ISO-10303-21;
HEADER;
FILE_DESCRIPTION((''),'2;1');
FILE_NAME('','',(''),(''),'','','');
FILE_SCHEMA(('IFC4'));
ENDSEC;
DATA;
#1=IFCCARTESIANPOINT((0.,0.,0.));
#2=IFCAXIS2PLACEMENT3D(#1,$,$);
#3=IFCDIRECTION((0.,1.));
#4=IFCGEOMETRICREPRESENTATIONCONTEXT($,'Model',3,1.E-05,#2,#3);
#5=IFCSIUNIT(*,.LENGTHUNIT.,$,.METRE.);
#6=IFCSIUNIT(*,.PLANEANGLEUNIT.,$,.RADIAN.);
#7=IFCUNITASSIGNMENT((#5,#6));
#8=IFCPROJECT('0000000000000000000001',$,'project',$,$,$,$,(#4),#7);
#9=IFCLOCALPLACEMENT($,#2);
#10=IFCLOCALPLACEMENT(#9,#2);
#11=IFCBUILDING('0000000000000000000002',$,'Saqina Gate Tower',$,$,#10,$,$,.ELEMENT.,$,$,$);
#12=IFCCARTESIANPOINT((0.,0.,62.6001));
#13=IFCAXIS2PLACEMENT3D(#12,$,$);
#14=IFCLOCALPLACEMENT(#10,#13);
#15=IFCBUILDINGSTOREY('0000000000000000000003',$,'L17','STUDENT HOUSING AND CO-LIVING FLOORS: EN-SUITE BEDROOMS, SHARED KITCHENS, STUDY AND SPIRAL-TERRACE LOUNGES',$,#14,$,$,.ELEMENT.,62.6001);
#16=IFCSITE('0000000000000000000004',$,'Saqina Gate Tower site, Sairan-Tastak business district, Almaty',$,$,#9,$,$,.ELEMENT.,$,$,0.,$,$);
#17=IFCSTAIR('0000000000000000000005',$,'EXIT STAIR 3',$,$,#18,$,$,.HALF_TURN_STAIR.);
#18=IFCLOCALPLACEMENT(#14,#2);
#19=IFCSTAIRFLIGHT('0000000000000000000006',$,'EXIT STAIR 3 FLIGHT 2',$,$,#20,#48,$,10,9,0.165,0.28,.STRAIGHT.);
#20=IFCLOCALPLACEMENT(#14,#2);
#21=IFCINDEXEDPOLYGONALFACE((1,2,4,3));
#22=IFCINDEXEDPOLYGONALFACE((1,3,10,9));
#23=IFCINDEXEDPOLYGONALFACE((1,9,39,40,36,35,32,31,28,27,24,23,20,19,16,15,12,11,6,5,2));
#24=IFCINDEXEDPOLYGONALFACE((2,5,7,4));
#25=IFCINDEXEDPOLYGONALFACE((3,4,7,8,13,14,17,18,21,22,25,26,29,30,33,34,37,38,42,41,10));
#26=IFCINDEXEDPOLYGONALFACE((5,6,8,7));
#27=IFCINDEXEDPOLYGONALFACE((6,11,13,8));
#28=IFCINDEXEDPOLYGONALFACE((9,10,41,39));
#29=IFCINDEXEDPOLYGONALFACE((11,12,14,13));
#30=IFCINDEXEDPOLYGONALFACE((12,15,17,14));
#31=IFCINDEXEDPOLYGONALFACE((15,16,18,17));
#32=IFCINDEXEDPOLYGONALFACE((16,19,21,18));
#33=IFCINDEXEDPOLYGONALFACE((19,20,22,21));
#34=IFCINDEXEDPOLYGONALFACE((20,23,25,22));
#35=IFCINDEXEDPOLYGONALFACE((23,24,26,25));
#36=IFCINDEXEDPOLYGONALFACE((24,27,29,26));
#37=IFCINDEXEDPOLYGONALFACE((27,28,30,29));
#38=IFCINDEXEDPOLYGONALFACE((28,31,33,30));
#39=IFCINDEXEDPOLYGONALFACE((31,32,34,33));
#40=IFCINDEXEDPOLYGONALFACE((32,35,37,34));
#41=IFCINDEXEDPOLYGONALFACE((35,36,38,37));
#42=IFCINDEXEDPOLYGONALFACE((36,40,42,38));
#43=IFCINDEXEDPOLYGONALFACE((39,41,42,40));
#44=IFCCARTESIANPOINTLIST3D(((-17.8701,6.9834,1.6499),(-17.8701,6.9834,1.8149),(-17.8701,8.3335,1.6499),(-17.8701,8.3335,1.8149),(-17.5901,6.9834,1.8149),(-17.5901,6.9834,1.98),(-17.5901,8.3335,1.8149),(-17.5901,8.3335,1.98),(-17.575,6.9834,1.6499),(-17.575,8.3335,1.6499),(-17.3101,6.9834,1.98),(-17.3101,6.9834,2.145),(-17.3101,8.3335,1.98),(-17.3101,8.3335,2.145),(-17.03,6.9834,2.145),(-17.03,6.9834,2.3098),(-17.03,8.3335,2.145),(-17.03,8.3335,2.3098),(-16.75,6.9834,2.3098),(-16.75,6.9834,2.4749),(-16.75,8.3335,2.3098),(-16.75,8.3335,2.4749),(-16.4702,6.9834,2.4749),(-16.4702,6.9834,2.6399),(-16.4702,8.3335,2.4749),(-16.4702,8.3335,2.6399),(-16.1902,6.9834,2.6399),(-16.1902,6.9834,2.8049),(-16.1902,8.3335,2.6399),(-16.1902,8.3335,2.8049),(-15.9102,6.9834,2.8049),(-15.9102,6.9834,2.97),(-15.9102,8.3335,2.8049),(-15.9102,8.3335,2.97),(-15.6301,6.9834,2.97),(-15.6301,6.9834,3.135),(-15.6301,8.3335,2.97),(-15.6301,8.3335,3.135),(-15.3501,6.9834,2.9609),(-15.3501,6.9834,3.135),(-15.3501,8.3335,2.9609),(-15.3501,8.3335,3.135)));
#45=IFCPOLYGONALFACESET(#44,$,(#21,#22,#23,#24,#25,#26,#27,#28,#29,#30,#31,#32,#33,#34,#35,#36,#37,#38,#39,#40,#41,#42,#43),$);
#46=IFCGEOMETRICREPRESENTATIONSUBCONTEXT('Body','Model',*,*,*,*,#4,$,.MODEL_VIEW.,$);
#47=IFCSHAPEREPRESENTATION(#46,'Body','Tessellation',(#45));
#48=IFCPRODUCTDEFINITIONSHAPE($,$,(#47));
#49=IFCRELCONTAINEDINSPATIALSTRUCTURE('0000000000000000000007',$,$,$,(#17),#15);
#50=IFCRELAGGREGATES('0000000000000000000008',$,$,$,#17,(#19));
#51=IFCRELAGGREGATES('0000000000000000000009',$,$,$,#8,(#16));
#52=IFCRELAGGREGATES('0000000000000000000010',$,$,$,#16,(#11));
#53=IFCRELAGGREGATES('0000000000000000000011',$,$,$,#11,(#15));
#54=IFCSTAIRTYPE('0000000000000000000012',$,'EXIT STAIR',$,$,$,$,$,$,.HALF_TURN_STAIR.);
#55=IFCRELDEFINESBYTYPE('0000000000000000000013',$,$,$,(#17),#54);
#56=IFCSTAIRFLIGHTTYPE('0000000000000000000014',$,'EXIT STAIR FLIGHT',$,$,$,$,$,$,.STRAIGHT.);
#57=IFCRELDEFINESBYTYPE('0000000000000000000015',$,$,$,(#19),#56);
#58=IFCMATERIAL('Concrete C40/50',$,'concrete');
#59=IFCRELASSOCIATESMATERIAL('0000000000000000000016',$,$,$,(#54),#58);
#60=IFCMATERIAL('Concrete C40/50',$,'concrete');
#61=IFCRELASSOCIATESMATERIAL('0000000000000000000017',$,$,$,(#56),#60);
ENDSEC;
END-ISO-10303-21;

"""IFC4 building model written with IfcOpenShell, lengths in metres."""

from ifc_helpers import new_model, si_unit, direction, frame, origin, place, context, subcontext, project, spatial, polyline, outline, extrude, material, type_object, element, aggregate, save


model = new_model("IFC4")

# Units and contexts
model_context = context("Model", 3, precision=1e-05, world=origin(), true_north=direction((0.0, 1.0)))
body_context = subcontext(model_context, "Body", "Model", "MODEL_VIEW")
ifc_project = project(units=[si_unit("LENGTHUNIT", "METRE"), si_unit("PLANEANGLEUNIT", "RADIAN")], contexts=[model_context])

# Site, building, storey
site_placement = place(None, origin())
site = spatial("IfcSite", under=ifc_project, at=site_placement, Name="Saqina Gate Tower site, Sairan-Tastak business district, Almaty", CompositionType="ELEMENT", RefElevation=0.0)
building_placement = place(site_placement, origin())
building = spatial("IfcBuilding", under=site, at=building_placement, Name="Saqina Gate Tower", CompositionType="ELEMENT")
storey_placement = place(building_placement, frame((0.0, 0.0, 62.6001)))
storey = spatial("IfcBuildingStorey", under=building, at=storey_placement, Name="L17", Description="STUDENT HOUSING AND CO-LIVING FLOORS: EN-SUITE BEDROOMS, SHARED KITCHENS, STUDY AND SPIRAL-TERRACE LOUNGES", CompositionType="ELEMENT", Elevation=62.6001)

# Stair, stair flight
ifc_material_1 = material(Name="Concrete C40/50", Category="concrete")
stair_type = type_object("IfcStairType", Name="EXIT STAIR", PredefinedType="HALF_TURN_STAIR", material=ifc_material_1)
stair_placement = place(storey_placement, origin())
stair = element("IfcStair", 1, at=stair_placement, inside=storey, type_object=stair_type, Name="EXIT STAIR 3", PredefinedType="HALF_TURN_STAIR")
ifc_material_2 = material(Name="Concrete C40/50", Category="concrete")
stair_flight_type = type_object("IfcStairFlightType", Name="EXIT STAIR FLIGHT", PredefinedType="STRAIGHT", material=ifc_material_2)
stair_flight_1_placement = place(storey_placement, frame((-17.8701, 7.6584, 1.6499), z_axis=(0.0, 0.0, 1.0), x_axis=(1.0, 0.0, 0.0)))
stair_flight_1 = element("IfcStairFlight", 2, at=stair_flight_1_placement, type_object=stair_flight_type, Name="EXIT STAIR 3 FLIGHT 2", NumberOfRisers=10, NumberOfTreads=9, PredefinedType="STRAIGHT", RiserHeight=0.165, TreadLength=0.28, context=body_context, shape_type="SweptSolid", body=[
    extrude(outline(polyline([(0.0, 0.0), (0.0, 0.165), (0.28, 0.165), (0.28, 0.3301), (0.5601, 0.3301), (0.5601, 0.4951), (0.8401, 0.4951), (0.8401, 0.6599), (1.1201, 0.6599), (1.1201, 0.825), (1.3999, 0.825), (1.3999, 0.99), (1.6799, 0.99), (1.6799, 1.155), (1.96, 1.155), (1.96, 1.3201), (2.24, 1.3201), (2.24, 1.4851), (2.52, 1.4851), (2.52, 1.6499), (2.52, 1.311), (0.2952, 0.0), (0.0, 0.0)])), frame((0.0, 0.675, 0.0), z_axis=(0.0, -1.0, 0.0), x_axis=(1.0, 0.0, 0.0)), (0.0, 0.0, 1.0), 1.3501),
])
aggregate(stair, [stair_flight_1])

save(model, "model.ifc")
